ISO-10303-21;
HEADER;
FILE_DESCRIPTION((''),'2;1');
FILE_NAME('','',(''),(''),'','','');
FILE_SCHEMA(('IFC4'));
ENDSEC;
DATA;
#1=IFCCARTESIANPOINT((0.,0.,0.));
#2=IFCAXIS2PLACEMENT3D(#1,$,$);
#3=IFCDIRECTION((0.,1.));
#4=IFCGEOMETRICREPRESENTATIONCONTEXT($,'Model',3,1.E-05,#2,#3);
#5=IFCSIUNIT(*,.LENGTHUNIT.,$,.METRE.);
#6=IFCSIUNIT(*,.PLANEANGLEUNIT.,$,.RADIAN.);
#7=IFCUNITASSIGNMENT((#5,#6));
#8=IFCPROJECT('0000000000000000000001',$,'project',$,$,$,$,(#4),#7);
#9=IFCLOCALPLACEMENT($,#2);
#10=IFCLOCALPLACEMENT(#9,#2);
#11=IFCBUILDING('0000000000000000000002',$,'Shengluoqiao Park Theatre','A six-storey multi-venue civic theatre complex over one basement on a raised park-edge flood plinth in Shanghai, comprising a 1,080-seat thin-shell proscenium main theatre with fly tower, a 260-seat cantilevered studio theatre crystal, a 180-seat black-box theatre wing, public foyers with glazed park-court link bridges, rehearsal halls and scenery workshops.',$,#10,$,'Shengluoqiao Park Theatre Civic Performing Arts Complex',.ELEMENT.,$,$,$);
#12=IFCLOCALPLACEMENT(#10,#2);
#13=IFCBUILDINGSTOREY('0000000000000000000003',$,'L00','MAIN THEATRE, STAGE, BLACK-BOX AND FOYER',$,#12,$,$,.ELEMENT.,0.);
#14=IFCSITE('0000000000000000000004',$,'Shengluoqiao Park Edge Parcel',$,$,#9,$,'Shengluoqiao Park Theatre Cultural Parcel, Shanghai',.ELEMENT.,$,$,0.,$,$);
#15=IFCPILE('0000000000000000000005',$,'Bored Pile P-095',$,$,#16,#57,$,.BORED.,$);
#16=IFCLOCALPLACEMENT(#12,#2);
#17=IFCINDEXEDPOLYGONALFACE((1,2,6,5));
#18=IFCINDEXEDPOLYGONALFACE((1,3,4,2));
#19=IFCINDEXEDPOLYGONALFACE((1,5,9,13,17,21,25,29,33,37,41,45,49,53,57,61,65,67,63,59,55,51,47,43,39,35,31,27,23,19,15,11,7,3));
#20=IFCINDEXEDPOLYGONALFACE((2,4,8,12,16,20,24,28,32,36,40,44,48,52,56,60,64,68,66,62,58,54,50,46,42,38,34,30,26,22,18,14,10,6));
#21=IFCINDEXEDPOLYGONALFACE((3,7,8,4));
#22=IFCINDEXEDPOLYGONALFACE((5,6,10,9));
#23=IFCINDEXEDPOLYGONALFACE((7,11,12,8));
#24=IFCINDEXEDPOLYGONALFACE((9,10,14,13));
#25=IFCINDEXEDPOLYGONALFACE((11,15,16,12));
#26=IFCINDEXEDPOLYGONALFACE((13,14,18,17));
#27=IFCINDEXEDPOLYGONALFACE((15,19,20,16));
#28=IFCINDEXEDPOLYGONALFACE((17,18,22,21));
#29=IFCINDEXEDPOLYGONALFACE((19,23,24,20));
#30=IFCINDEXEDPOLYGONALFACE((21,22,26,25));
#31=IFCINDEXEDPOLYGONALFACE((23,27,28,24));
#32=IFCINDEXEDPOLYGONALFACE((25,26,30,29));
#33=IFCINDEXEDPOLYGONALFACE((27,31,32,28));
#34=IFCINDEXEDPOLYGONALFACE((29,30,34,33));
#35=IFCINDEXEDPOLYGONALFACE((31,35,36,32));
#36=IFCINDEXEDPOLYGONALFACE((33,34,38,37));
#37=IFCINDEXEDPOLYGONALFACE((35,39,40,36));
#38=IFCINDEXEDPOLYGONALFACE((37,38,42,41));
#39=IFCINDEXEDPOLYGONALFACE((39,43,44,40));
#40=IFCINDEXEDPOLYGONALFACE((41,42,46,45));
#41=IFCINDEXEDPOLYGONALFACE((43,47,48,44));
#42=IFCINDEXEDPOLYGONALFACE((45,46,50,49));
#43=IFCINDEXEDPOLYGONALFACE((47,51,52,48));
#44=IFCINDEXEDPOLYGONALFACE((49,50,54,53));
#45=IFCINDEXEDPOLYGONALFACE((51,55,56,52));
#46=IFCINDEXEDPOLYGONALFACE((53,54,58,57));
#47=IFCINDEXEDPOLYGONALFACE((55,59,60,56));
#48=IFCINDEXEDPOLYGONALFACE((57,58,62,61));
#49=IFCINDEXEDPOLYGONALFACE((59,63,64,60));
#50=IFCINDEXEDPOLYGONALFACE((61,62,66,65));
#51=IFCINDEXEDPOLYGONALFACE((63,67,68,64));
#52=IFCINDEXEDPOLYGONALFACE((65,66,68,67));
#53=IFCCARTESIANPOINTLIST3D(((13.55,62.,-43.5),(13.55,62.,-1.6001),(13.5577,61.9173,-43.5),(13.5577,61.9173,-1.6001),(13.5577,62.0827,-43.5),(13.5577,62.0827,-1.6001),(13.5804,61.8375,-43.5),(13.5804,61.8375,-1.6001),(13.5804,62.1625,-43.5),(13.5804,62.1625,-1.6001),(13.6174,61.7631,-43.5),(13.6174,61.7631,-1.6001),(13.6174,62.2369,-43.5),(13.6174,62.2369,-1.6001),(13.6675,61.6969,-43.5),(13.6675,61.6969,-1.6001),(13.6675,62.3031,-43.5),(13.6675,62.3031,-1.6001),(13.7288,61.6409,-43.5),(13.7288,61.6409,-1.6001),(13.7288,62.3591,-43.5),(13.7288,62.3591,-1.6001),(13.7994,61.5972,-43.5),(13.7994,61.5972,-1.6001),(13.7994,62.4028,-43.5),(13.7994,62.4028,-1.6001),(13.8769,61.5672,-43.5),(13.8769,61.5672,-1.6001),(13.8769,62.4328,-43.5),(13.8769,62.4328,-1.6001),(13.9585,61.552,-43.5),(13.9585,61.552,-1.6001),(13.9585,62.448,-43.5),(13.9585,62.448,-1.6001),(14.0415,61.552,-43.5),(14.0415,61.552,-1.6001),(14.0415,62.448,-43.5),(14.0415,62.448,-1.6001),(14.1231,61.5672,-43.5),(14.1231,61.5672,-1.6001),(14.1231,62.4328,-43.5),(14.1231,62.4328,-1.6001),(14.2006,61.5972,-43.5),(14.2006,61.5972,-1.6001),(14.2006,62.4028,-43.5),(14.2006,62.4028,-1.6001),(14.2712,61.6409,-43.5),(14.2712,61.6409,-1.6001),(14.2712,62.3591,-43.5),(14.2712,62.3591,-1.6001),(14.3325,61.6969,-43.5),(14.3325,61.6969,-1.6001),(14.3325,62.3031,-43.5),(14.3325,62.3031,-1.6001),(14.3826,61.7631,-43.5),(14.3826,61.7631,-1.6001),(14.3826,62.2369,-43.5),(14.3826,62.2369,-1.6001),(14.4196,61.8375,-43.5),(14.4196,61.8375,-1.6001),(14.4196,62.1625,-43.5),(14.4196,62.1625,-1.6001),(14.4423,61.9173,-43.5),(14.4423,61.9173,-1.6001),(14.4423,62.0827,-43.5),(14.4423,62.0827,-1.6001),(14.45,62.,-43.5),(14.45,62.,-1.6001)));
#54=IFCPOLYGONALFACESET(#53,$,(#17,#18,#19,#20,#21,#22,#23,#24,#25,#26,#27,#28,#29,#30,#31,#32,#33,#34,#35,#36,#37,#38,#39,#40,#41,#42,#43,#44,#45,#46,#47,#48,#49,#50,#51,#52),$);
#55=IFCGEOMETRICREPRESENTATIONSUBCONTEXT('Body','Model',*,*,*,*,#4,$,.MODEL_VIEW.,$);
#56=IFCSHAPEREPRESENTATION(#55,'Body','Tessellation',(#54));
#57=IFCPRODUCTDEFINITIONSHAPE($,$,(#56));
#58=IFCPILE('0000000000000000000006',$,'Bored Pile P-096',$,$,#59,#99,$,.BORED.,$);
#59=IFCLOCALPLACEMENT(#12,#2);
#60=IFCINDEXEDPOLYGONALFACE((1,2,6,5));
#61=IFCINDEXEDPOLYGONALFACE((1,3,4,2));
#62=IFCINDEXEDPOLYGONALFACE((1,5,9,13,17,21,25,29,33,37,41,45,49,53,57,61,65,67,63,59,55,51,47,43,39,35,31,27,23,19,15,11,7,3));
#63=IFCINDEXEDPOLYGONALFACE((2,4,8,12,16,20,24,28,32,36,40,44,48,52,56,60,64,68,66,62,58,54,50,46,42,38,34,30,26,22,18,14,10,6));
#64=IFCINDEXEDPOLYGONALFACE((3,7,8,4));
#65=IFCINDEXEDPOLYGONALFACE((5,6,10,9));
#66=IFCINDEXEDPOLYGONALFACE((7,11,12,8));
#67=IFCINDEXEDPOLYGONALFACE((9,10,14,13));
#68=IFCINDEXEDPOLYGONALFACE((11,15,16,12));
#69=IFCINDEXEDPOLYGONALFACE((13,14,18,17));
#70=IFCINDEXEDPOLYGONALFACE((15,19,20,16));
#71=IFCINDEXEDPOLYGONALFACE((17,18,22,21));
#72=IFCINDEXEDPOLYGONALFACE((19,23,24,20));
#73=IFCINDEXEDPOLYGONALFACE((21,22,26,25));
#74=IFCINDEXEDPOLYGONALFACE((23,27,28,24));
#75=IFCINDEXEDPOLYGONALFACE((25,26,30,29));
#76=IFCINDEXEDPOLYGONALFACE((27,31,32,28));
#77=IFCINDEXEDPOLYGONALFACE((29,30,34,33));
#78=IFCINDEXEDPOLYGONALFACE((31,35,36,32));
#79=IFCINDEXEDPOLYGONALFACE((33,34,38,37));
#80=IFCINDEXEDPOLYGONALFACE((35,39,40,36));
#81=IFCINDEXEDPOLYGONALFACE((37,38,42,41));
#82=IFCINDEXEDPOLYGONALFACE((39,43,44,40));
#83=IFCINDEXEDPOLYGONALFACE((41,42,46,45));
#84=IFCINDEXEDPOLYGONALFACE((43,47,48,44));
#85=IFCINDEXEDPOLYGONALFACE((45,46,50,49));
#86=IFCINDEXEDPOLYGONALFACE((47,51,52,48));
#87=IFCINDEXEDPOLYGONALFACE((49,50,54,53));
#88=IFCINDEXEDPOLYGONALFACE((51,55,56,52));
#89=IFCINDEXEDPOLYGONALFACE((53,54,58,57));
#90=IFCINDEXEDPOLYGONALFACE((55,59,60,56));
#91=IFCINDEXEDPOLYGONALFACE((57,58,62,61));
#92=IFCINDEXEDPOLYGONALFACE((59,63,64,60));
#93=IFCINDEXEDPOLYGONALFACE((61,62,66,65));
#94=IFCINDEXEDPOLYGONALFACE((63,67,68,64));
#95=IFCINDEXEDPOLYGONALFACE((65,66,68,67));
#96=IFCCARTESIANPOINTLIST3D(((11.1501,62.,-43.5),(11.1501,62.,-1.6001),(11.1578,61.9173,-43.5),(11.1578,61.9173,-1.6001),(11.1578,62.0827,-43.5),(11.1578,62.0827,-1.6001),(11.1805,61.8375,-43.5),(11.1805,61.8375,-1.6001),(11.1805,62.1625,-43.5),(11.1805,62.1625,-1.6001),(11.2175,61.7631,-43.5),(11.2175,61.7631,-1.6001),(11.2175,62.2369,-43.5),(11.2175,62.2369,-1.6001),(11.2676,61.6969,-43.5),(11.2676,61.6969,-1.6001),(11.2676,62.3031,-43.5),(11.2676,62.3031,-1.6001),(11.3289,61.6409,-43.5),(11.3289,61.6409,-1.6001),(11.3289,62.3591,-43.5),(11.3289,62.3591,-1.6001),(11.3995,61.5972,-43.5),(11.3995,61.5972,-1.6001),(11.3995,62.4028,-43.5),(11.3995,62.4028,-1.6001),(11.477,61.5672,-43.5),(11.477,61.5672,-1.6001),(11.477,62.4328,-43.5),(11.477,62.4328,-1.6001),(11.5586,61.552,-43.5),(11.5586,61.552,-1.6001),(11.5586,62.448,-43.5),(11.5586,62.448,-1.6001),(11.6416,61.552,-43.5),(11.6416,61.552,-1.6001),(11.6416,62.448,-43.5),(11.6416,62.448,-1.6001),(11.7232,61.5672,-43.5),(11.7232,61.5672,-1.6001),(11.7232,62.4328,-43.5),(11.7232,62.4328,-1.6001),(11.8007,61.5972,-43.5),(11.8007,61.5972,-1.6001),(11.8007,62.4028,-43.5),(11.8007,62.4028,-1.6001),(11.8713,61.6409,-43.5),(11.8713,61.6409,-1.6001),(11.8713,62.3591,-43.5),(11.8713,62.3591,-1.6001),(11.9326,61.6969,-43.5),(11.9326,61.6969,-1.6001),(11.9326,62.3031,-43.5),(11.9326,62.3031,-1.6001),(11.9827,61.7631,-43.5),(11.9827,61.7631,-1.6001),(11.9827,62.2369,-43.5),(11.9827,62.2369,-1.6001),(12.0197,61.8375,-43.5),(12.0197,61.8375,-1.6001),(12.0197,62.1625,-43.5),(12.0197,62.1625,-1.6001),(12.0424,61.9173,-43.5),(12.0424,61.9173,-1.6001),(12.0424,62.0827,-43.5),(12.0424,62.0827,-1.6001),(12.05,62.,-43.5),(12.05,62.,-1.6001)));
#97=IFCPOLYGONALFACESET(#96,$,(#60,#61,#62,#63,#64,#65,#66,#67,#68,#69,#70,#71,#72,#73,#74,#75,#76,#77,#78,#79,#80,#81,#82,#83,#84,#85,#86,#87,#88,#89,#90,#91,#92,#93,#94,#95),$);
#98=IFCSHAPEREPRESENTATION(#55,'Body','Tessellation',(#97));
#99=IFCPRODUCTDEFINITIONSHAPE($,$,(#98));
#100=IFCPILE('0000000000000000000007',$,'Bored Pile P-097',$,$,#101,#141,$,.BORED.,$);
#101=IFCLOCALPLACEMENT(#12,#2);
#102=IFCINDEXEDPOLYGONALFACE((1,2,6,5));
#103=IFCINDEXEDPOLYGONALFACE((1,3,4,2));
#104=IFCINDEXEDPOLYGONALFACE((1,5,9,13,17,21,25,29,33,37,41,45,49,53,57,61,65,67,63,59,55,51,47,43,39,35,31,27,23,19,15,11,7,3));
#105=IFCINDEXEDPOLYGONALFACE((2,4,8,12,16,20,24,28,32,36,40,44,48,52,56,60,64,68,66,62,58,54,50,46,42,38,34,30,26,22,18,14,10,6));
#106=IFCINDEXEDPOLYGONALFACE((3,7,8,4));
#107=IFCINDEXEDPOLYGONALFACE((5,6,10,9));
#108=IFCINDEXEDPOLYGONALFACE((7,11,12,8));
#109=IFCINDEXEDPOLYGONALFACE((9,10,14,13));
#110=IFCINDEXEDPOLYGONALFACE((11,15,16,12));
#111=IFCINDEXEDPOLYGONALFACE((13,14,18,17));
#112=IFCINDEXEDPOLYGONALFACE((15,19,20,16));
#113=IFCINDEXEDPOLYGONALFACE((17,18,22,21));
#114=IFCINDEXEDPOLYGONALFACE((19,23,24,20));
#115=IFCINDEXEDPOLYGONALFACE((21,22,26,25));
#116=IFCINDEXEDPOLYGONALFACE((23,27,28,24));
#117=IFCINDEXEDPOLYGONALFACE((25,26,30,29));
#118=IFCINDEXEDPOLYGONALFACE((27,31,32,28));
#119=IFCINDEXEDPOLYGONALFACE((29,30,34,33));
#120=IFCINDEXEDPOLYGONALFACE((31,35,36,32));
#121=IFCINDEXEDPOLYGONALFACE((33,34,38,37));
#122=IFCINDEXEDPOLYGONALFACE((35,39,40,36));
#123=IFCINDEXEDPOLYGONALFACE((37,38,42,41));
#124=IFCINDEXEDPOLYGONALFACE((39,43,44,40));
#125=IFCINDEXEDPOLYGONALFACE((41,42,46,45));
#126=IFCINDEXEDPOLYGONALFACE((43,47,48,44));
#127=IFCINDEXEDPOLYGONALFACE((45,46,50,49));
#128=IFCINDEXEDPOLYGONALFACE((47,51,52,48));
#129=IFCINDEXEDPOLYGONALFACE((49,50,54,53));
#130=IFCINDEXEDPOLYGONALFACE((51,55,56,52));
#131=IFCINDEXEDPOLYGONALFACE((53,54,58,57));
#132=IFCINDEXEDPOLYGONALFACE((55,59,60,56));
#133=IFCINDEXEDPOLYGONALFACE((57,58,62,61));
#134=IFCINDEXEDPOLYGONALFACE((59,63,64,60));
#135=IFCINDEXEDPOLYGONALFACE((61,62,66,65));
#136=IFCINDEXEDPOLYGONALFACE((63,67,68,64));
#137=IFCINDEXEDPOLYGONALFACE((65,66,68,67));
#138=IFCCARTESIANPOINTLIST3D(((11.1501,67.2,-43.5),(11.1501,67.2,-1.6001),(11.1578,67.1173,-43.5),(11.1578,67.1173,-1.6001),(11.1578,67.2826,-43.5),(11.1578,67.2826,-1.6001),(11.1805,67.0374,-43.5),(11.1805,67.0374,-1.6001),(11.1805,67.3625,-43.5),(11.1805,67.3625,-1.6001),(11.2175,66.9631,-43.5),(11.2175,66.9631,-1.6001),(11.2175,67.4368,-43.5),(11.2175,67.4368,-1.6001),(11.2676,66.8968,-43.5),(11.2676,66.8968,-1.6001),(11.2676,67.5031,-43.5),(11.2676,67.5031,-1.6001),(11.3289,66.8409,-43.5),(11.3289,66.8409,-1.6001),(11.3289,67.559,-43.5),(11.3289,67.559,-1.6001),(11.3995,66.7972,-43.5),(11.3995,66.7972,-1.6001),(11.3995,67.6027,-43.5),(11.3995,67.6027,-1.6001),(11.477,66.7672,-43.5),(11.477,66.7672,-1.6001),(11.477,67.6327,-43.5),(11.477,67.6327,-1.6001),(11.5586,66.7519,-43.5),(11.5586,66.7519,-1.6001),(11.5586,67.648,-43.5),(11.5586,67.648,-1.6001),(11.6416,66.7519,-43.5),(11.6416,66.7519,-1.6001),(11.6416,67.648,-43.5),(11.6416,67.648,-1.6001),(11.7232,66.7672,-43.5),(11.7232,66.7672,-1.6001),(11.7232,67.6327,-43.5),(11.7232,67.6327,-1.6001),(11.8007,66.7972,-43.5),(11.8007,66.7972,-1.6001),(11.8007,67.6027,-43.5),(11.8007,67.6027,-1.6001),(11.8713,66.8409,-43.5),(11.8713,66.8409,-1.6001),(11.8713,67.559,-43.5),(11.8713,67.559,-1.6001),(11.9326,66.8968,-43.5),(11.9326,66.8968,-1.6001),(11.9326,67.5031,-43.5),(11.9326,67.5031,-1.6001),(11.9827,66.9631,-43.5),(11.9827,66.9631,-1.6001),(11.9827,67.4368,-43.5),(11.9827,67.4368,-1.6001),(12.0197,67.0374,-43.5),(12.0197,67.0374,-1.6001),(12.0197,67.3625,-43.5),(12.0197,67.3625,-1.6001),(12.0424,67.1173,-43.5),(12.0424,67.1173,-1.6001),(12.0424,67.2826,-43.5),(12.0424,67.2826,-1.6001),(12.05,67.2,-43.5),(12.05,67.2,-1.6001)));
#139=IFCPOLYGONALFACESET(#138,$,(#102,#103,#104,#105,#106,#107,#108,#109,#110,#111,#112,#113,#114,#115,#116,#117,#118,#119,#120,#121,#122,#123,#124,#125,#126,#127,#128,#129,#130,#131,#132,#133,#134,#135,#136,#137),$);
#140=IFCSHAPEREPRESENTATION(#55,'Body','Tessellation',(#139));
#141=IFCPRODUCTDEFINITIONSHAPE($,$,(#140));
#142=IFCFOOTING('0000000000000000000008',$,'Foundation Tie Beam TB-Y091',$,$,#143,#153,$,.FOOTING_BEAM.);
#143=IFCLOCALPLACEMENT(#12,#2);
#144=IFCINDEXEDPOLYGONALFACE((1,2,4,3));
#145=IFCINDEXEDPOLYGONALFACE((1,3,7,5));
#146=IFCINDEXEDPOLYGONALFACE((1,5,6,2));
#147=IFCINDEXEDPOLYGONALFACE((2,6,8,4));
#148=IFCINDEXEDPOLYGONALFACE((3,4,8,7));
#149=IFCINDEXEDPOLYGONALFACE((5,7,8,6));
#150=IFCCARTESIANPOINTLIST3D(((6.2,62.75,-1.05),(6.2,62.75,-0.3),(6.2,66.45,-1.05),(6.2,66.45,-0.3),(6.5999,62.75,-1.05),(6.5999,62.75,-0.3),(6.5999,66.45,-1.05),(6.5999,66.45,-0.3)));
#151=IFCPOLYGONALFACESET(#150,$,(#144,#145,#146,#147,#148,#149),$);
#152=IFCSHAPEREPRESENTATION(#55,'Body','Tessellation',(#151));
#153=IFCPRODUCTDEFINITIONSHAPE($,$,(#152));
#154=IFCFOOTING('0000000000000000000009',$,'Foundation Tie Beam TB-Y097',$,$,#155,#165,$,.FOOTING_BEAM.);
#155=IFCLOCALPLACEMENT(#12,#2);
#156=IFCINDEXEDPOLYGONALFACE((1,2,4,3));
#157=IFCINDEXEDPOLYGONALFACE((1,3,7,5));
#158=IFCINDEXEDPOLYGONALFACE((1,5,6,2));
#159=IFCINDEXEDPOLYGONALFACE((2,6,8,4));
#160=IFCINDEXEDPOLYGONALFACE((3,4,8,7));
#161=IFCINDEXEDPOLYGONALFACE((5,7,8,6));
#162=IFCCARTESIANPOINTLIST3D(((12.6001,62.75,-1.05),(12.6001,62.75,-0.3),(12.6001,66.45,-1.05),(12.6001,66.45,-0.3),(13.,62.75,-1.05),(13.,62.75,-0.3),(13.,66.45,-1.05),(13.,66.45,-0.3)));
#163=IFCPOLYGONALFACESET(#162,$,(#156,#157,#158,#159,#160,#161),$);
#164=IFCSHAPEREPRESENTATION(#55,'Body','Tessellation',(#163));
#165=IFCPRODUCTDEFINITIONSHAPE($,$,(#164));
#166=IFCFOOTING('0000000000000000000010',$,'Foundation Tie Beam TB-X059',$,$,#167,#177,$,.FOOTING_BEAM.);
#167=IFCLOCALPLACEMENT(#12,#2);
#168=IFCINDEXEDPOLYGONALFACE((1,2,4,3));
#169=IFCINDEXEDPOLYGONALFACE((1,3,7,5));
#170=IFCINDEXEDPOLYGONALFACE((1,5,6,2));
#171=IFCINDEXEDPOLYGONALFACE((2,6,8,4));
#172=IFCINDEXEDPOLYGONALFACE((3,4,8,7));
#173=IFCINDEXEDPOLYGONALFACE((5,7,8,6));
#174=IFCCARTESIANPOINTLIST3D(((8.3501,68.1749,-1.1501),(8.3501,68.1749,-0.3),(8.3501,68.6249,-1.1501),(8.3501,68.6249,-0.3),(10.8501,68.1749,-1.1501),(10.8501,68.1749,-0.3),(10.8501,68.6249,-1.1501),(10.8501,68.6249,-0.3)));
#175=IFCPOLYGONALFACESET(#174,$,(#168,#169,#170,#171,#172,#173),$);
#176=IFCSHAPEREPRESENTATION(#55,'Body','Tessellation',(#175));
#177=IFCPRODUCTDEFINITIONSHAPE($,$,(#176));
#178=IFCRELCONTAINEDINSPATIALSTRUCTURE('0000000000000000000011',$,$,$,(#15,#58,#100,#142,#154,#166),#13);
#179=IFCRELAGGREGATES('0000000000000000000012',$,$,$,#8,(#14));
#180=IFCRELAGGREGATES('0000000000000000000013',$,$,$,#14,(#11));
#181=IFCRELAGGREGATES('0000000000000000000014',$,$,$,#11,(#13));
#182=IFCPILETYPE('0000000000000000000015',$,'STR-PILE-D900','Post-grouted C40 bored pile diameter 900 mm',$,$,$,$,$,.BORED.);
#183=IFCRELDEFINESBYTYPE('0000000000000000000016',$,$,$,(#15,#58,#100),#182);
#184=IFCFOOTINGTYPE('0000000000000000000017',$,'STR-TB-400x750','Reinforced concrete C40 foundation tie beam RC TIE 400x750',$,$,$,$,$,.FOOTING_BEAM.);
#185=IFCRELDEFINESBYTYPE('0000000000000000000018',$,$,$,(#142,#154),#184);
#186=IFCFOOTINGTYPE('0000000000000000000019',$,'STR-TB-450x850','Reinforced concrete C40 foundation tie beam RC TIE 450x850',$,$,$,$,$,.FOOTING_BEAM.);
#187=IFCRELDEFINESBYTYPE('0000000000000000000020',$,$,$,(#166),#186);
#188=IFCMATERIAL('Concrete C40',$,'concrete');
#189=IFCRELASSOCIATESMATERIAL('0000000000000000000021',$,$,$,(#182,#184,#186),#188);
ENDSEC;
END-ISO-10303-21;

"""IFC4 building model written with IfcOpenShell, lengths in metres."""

from ifc_helpers import new_model, si_unit, direction, frame, origin, origin_2d, place, context, subcontext, project, spatial, rectangle, circle, extrude, material, material_profile, profile_set, type_object, element, save


model = new_model("IFC4")

# Units and contexts
model_context = context("Model", 3, precision=1e-05, world=origin(), true_north=direction((0.0, 1.0)))
body_context = subcontext(model_context, "Body", "Model", "MODEL_VIEW")
ifc_project = project(units=[si_unit("LENGTHUNIT", "METRE"), si_unit("PLANEANGLEUNIT", "RADIAN")], contexts=[model_context])

# Site, building, storey
site_placement = place(None, origin())
site = spatial("IfcSite", under=ifc_project, at=site_placement, Name="Shengluoqiao Park Edge Parcel", LongName="Shengluoqiao Park Theatre Cultural Parcel, Shanghai", CompositionType="ELEMENT", RefElevation=0.0)
building_placement = place(site_placement, origin())
building = spatial("IfcBuilding", under=site, at=building_placement, Name="Shengluoqiao Park Theatre", Description="A six-storey multi-venue civic theatre complex over one basement on a raised park-edge flood plinth in Shanghai, comprising a 1,080-seat thin-shell proscenium main theatre with fly tower, a 260-seat cantilevered studio theatre crystal, a 180-seat black-box theatre wing, public foyers with glazed park-court link bridges, rehearsal halls and scenery workshops.", LongName="Shengluoqiao Park Theatre Civic Performing Arts Complex", CompositionType="ELEMENT")
storey_placement = place(building_placement, origin())
storey = spatial("IfcBuildingStorey", under=building, at=storey_placement, Name="L00", Description="MAIN THEATRE, STAGE, BLACK-BOX AND FOYER", CompositionType="ELEMENT", Elevation=0.0)

# Shared definitions
ifc_material_1 = material(Name="Concrete C40", Category="concrete")

# Piles
ifc_material_profile_1 = material_profile(ifc_material_1, circle(Radius=0.45, at=origin_2d()), Name="BORED PILE D900")
ifc_profile_set_1 = profile_set([ifc_material_profile_1], Name="Concrete C40")
pile_type = type_object("IfcPileType", Name="STR-PILE-D900", Description="Post-grouted C40 bored pile diameter 900 mm", PredefinedType="BORED", material=ifc_profile_set_1)
for number, where, z_axis, x_axis, name in (
    (1, (14.0, 62.0, -1.6001), (0.0, 0.0, -1.0), (1.0, 0.0, 0.0), "Bored Pile P-095"),
    (2, (11.6001, 62.0, -1.6001), (0.0, 0.0, -1.0), (1.0, 0.0, 0.0), "Bored Pile P-096"),
    (3, (11.6001, 67.2, -1.6001), (0.0, 0.0, -1.0), (1.0, 0.0, 0.0), "Bored Pile P-097"),
):
    element("IfcPile", number, at=place(storey_placement, frame(where, z_axis=z_axis, x_axis=x_axis)), inside=storey, type_object=pile_type, Name=name, PredefinedType="BORED", context=body_context, shape_type="SweptSolid", body=[
        extrude(circle(Radius=0.45, at=origin_2d()), origin(), (0.0, 0.0, 1.0), 41.8999),
    ])

# Footings
ifc_material_profile_2 = material_profile(ifc_material_1, rectangle(XDim=0.3999, YDim=0.75, at=origin_2d()), Name="RC TIE 400x750")
ifc_profile_set_2 = profile_set([ifc_material_profile_2], Name="Concrete C40")
footing_type_1 = type_object("IfcFootingType", Name="STR-TB-400x750", Description="Reinforced concrete C40 foundation tie beam RC TIE 400x750", PredefinedType="FOOTING_BEAM", material=ifc_profile_set_2)
for number, where, z_axis, x_axis, name in (
    (4, (6.3999, 62.75, -0.675), (0.0, 1.0, 0.0), (-1.0, 0.0, 0.0), "Foundation Tie Beam TB-Y091"),
    (5, (12.8, 62.75, -0.675), (0.0, 1.0, 0.0), (-1.0, 0.0, 0.0), "Foundation Tie Beam TB-Y097"),
):
    element("IfcFooting", number, at=place(storey_placement, frame(where, z_axis=z_axis, x_axis=x_axis)), inside=storey, type_object=footing_type_1, Name=name, PredefinedType="FOOTING_BEAM", context=body_context, shape_type="SweptSolid", body=[
        extrude(rectangle(XDim=0.3999, YDim=0.75, at=origin_2d()), origin(), (0.0, 0.0, 1.0), 3.7),
    ])
ifc_material_profile_3 = material_profile(ifc_material_1, rectangle(XDim=0.45, YDim=0.8501, at=origin_2d()), Name="RC TIE 450x850")
ifc_profile_set_3 = profile_set([ifc_material_profile_3], Name="Concrete C40")
footing_type_2 = type_object("IfcFootingType", Name="STR-TB-450x850", Description="Reinforced concrete C40 foundation tie beam RC TIE 450x850", PredefinedType="FOOTING_BEAM", material=ifc_profile_set_3)
footing_placement = place(storey_placement, frame((8.3501, 68.3999, -0.7251), z_axis=(1.0, 0.0, 0.0), x_axis=(0.0, 1.0, 0.0)))
element("IfcFooting", 6, at=footing_placement, inside=storey, type_object=footing_type_2, Name="Foundation Tie Beam TB-X059", PredefinedType="FOOTING_BEAM", context=body_context, shape_type="SweptSolid", body=[
    extrude(rectangle(XDim=0.45, YDim=0.8501, at=origin_2d()), origin(), (0.0, 0.0, 1.0), 2.5),
])

save(model, "model.ifc")
